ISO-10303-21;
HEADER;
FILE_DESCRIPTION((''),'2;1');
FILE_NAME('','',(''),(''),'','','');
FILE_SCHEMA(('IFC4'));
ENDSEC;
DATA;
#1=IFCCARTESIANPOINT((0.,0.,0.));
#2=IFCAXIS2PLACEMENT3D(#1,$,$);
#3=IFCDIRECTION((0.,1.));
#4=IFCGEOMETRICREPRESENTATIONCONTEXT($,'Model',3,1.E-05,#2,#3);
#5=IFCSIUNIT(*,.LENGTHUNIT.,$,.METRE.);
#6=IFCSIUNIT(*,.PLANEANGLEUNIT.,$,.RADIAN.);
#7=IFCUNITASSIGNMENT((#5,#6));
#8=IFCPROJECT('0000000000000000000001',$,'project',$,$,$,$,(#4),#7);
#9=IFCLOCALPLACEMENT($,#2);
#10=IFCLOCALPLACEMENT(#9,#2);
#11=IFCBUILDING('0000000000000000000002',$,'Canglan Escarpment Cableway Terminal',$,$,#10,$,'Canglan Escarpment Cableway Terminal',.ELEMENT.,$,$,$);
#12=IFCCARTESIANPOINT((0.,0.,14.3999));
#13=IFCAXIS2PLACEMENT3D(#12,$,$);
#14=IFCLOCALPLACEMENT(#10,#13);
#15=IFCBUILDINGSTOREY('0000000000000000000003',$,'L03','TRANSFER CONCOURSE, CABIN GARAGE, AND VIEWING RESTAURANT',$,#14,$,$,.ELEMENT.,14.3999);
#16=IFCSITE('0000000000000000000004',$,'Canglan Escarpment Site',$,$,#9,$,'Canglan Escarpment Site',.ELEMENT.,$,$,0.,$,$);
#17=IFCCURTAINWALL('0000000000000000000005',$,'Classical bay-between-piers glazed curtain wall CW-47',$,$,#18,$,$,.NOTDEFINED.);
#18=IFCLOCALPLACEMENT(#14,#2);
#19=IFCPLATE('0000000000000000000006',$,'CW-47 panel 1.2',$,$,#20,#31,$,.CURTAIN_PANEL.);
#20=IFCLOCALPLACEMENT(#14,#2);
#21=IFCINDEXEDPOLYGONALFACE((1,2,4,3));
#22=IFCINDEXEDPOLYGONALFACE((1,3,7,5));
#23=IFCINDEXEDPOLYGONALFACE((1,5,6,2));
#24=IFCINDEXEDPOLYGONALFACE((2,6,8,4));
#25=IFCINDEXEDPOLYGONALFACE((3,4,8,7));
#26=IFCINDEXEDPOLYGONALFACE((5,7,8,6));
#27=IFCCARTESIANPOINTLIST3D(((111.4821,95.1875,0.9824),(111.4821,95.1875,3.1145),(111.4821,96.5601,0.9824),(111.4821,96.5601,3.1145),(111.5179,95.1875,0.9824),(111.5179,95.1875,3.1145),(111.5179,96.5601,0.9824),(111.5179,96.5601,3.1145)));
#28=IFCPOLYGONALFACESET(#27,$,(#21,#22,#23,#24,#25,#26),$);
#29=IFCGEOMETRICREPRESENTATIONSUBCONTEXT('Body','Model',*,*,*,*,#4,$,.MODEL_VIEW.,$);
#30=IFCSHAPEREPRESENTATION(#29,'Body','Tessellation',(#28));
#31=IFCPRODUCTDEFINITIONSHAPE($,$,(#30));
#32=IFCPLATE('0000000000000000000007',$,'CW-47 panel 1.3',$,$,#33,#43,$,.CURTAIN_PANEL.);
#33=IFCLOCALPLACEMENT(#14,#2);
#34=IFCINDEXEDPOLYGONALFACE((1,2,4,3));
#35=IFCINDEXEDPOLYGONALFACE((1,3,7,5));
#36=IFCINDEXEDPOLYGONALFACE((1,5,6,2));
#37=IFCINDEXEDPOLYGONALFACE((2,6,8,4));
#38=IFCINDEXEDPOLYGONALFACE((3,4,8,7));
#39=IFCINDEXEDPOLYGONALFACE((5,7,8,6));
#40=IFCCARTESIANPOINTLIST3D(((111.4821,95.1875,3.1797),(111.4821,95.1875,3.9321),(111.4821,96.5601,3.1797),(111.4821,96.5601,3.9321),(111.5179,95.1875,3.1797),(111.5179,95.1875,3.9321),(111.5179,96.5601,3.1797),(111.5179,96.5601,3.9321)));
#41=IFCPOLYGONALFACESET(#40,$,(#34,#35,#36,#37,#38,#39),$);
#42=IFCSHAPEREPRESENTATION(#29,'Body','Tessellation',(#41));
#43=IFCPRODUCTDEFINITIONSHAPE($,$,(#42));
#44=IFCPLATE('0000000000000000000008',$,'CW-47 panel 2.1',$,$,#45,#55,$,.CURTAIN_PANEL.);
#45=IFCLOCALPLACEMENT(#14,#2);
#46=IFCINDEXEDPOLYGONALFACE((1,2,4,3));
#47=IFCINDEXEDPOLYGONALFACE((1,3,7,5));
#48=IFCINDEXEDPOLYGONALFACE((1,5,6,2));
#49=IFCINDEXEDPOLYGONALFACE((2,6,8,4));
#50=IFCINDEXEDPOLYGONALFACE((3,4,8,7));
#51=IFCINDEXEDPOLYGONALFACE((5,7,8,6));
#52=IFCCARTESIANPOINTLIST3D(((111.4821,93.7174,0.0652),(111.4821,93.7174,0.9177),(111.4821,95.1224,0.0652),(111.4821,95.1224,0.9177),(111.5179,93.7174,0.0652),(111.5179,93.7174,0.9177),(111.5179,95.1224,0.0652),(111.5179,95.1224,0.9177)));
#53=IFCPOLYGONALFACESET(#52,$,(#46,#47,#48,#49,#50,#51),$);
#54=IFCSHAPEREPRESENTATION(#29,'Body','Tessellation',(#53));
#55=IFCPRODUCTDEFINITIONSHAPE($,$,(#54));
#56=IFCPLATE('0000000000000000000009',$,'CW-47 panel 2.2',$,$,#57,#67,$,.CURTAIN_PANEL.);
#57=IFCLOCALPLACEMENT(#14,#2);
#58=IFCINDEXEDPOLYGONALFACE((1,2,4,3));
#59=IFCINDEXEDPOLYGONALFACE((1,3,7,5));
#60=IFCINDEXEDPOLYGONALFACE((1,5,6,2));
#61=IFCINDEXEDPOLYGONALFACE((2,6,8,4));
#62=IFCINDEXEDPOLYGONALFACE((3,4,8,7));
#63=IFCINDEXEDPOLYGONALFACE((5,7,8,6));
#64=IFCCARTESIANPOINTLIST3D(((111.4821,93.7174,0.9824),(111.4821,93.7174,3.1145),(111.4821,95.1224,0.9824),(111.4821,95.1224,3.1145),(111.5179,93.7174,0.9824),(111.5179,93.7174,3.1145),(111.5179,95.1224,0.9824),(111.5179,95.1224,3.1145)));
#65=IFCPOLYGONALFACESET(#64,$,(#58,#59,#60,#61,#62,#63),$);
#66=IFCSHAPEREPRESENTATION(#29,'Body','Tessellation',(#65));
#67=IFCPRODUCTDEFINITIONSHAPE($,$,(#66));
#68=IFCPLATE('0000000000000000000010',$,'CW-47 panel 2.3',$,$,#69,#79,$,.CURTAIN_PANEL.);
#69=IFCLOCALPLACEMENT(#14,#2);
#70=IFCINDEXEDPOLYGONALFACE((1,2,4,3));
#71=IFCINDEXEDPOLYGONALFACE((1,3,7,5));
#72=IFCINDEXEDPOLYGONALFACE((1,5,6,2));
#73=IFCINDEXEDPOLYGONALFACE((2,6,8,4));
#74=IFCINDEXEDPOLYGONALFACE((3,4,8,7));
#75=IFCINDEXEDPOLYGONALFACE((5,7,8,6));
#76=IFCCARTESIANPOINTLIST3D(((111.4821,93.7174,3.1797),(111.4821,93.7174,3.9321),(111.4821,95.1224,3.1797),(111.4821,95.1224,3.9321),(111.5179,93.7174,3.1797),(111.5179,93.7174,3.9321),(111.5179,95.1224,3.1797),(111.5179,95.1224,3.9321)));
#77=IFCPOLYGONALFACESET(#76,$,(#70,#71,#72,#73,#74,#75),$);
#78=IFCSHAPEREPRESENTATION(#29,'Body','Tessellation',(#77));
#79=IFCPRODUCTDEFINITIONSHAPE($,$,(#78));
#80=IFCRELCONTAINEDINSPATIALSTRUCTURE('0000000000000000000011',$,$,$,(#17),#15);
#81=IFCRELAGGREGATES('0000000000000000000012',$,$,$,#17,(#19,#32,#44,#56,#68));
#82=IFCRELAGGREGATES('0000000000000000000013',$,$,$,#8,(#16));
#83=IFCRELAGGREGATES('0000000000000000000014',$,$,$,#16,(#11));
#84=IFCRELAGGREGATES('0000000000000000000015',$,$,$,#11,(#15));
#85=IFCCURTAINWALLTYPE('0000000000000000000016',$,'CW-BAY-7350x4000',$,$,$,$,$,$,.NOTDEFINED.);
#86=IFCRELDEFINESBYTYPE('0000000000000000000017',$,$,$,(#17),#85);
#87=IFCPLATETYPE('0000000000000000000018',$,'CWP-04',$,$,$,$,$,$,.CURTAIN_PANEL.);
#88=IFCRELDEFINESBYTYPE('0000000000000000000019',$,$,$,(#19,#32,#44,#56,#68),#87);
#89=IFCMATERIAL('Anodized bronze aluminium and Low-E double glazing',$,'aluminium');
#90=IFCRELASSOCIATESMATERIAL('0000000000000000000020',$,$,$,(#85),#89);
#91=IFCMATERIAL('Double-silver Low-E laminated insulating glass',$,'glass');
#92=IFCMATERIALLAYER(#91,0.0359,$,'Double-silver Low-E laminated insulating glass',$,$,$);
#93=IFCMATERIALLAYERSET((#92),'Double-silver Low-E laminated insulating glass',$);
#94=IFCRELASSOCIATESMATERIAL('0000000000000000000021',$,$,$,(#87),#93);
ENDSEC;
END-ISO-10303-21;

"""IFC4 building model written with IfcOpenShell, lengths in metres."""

from ifc_helpers import new_model, si_unit, direction, frame, origin, origin_2d, place, context, subcontext, project, spatial, rectangle, extrude, material, layer, layer_set, type_object, element, aggregate, save


model = new_model("IFC4")

# Units and contexts
model_context = context("Model", 3, precision=1e-05, world=origin(), true_north=direction((0.0, 1.0)))
body_context = subcontext(model_context, "Body", "Model", "MODEL_VIEW")
ifc_project = project(units=[si_unit("LENGTHUNIT", "METRE"), si_unit("PLANEANGLEUNIT", "RADIAN")], contexts=[model_context])

# Site, building, storey
site_placement = place(None, origin())
site = spatial("IfcSite", under=ifc_project, at=site_placement, Name="Canglan Escarpment Site", LongName="Canglan Escarpment Site", CompositionType="ELEMENT", RefElevation=0.0)
building_placement = place(site_placement, origin())
building = spatial("IfcBuilding", under=site, at=building_placement, Name="Canglan Escarpment Cableway Terminal", LongName="Canglan Escarpment Cableway Terminal", CompositionType="ELEMENT")
storey_placement = place(building_placement, frame((0.0, 0.0, 14.3999)))
storey = spatial("IfcBuildingStorey", under=building, at=storey_placement, Name="L03", Description="TRANSFER CONCOURSE, CABIN GARAGE, AND VIEWING RESTAURANT", CompositionType="ELEMENT", Elevation=14.3999)

# Shared definitions
ifc_material_1 = material(Name="Anodized bronze aluminium and Low-E double glazing", Category="aluminium")

# Curtain wall
curtain_wall_type_1 = type_object("IfcCurtainWallType", Name="CW-BAY-7350x4000", PredefinedType="NOTDEFINED", material=ifc_material_1)
curtain_wall_1_placement = place(storey_placement, origin())
curtain_wall_1 = element("IfcCurtainWall", 1, at=curtain_wall_1_placement, inside=storey, type_object=curtain_wall_type_1, Name="Classical bay-between-piers glazed curtain wall CW-47", PredefinedType="NOTDEFINED")

# Plates
ifc_material_2 = material(Name="Double-silver Low-E laminated insulating glass", Category="glass")
ifc_layer_1 = layer(ifc_material_2, 0.0359, Name="Double-silver Low-E laminated insulating glass")
ifc_layer_set_1 = layer_set([ifc_layer_1], Name="Double-silver Low-E laminated insulating glass")
plate_type_1 = type_object("IfcPlateType", Name="CWP-04", PredefinedType="CURTAIN_PANEL", material=ifc_layer_set_1)
plate_1_placement = place(storey_placement, frame((111.5, 95.8738, 0.9824), z_axis=(0.0, 0.0, 1.0), x_axis=(0.0, -1.0, 0.0)))
plate_1 = element("IfcPlate", 2, at=plate_1_placement, type_object=plate_type_1, Name="CW-47 panel 1.2", PredefinedType="CURTAIN_PANEL", context=body_context, shape_type="SweptSolid", body=[
    extrude(rectangle(XDim=1.3726, YDim=0.0359, at=origin_2d()), origin(), (0.0, 0.0, 1.0), 2.1321),
])
plate_2_placement = place(storey_placement, frame((111.5, 95.8738, 3.1797), z_axis=(0.0, 0.0, 1.0), x_axis=(0.0, -1.0, 0.0)))
plate_2 = element("IfcPlate", 3, at=plate_2_placement, type_object=plate_type_1, Name="CW-47 panel 1.3", PredefinedType="CURTAIN_PANEL", context=body_context, shape_type="SweptSolid", body=[
    extrude(rectangle(XDim=1.3726, YDim=0.0359, at=origin_2d()), origin(), (0.0, 0.0, 1.0), 0.7524),
])
plate_3_placement = place(storey_placement, frame((111.5, 94.4199, 0.0652), z_axis=(0.0, 0.0, 1.0), x_axis=(0.0, -1.0, 0.0)))
plate_3 = element("IfcPlate", 4, at=plate_3_placement, type_object=plate_type_1, Name="CW-47 panel 2.1", PredefinedType="CURTAIN_PANEL", context=body_context, shape_type="SweptSolid", body=[
    extrude(rectangle(XDim=1.405, YDim=0.0359, at=origin_2d()), origin(), (0.0, 0.0, 1.0), 0.8525),
])
plate_4_placement = place(storey_placement, frame((111.5, 94.4199, 0.9824), z_axis=(0.0, 0.0, 1.0), x_axis=(0.0, -1.0, 0.0)))
plate_4 = element("IfcPlate", 5, at=plate_4_placement, type_object=plate_type_1, Name="CW-47 panel 2.2", PredefinedType="CURTAIN_PANEL", context=body_context, shape_type="SweptSolid", body=[
    extrude(rectangle(XDim=1.405, YDim=0.0359, at=origin_2d()), origin(), (0.0, 0.0, 1.0), 2.1321),
])
plate_5_placement = place(storey_placement, frame((111.5, 94.4199, 3.1797), z_axis=(0.0, 0.0, 1.0), x_axis=(0.0, -1.0, 0.0)))
plate_5 = element("IfcPlate", 6, at=plate_5_placement, type_object=plate_type_1, Name="CW-47 panel 2.3", PredefinedType="CURTAIN_PANEL", context=body_context, shape_type="SweptSolid", body=[
    extrude(rectangle(XDim=1.405, YDim=0.0359, at=origin_2d()), origin(), (0.0, 0.0, 1.0), 0.7524),
])
aggregate(curtain_wall_1, [plate_1, plate_2, plate_3, plate_4, plate_5])

save(model, "model.ifc")
